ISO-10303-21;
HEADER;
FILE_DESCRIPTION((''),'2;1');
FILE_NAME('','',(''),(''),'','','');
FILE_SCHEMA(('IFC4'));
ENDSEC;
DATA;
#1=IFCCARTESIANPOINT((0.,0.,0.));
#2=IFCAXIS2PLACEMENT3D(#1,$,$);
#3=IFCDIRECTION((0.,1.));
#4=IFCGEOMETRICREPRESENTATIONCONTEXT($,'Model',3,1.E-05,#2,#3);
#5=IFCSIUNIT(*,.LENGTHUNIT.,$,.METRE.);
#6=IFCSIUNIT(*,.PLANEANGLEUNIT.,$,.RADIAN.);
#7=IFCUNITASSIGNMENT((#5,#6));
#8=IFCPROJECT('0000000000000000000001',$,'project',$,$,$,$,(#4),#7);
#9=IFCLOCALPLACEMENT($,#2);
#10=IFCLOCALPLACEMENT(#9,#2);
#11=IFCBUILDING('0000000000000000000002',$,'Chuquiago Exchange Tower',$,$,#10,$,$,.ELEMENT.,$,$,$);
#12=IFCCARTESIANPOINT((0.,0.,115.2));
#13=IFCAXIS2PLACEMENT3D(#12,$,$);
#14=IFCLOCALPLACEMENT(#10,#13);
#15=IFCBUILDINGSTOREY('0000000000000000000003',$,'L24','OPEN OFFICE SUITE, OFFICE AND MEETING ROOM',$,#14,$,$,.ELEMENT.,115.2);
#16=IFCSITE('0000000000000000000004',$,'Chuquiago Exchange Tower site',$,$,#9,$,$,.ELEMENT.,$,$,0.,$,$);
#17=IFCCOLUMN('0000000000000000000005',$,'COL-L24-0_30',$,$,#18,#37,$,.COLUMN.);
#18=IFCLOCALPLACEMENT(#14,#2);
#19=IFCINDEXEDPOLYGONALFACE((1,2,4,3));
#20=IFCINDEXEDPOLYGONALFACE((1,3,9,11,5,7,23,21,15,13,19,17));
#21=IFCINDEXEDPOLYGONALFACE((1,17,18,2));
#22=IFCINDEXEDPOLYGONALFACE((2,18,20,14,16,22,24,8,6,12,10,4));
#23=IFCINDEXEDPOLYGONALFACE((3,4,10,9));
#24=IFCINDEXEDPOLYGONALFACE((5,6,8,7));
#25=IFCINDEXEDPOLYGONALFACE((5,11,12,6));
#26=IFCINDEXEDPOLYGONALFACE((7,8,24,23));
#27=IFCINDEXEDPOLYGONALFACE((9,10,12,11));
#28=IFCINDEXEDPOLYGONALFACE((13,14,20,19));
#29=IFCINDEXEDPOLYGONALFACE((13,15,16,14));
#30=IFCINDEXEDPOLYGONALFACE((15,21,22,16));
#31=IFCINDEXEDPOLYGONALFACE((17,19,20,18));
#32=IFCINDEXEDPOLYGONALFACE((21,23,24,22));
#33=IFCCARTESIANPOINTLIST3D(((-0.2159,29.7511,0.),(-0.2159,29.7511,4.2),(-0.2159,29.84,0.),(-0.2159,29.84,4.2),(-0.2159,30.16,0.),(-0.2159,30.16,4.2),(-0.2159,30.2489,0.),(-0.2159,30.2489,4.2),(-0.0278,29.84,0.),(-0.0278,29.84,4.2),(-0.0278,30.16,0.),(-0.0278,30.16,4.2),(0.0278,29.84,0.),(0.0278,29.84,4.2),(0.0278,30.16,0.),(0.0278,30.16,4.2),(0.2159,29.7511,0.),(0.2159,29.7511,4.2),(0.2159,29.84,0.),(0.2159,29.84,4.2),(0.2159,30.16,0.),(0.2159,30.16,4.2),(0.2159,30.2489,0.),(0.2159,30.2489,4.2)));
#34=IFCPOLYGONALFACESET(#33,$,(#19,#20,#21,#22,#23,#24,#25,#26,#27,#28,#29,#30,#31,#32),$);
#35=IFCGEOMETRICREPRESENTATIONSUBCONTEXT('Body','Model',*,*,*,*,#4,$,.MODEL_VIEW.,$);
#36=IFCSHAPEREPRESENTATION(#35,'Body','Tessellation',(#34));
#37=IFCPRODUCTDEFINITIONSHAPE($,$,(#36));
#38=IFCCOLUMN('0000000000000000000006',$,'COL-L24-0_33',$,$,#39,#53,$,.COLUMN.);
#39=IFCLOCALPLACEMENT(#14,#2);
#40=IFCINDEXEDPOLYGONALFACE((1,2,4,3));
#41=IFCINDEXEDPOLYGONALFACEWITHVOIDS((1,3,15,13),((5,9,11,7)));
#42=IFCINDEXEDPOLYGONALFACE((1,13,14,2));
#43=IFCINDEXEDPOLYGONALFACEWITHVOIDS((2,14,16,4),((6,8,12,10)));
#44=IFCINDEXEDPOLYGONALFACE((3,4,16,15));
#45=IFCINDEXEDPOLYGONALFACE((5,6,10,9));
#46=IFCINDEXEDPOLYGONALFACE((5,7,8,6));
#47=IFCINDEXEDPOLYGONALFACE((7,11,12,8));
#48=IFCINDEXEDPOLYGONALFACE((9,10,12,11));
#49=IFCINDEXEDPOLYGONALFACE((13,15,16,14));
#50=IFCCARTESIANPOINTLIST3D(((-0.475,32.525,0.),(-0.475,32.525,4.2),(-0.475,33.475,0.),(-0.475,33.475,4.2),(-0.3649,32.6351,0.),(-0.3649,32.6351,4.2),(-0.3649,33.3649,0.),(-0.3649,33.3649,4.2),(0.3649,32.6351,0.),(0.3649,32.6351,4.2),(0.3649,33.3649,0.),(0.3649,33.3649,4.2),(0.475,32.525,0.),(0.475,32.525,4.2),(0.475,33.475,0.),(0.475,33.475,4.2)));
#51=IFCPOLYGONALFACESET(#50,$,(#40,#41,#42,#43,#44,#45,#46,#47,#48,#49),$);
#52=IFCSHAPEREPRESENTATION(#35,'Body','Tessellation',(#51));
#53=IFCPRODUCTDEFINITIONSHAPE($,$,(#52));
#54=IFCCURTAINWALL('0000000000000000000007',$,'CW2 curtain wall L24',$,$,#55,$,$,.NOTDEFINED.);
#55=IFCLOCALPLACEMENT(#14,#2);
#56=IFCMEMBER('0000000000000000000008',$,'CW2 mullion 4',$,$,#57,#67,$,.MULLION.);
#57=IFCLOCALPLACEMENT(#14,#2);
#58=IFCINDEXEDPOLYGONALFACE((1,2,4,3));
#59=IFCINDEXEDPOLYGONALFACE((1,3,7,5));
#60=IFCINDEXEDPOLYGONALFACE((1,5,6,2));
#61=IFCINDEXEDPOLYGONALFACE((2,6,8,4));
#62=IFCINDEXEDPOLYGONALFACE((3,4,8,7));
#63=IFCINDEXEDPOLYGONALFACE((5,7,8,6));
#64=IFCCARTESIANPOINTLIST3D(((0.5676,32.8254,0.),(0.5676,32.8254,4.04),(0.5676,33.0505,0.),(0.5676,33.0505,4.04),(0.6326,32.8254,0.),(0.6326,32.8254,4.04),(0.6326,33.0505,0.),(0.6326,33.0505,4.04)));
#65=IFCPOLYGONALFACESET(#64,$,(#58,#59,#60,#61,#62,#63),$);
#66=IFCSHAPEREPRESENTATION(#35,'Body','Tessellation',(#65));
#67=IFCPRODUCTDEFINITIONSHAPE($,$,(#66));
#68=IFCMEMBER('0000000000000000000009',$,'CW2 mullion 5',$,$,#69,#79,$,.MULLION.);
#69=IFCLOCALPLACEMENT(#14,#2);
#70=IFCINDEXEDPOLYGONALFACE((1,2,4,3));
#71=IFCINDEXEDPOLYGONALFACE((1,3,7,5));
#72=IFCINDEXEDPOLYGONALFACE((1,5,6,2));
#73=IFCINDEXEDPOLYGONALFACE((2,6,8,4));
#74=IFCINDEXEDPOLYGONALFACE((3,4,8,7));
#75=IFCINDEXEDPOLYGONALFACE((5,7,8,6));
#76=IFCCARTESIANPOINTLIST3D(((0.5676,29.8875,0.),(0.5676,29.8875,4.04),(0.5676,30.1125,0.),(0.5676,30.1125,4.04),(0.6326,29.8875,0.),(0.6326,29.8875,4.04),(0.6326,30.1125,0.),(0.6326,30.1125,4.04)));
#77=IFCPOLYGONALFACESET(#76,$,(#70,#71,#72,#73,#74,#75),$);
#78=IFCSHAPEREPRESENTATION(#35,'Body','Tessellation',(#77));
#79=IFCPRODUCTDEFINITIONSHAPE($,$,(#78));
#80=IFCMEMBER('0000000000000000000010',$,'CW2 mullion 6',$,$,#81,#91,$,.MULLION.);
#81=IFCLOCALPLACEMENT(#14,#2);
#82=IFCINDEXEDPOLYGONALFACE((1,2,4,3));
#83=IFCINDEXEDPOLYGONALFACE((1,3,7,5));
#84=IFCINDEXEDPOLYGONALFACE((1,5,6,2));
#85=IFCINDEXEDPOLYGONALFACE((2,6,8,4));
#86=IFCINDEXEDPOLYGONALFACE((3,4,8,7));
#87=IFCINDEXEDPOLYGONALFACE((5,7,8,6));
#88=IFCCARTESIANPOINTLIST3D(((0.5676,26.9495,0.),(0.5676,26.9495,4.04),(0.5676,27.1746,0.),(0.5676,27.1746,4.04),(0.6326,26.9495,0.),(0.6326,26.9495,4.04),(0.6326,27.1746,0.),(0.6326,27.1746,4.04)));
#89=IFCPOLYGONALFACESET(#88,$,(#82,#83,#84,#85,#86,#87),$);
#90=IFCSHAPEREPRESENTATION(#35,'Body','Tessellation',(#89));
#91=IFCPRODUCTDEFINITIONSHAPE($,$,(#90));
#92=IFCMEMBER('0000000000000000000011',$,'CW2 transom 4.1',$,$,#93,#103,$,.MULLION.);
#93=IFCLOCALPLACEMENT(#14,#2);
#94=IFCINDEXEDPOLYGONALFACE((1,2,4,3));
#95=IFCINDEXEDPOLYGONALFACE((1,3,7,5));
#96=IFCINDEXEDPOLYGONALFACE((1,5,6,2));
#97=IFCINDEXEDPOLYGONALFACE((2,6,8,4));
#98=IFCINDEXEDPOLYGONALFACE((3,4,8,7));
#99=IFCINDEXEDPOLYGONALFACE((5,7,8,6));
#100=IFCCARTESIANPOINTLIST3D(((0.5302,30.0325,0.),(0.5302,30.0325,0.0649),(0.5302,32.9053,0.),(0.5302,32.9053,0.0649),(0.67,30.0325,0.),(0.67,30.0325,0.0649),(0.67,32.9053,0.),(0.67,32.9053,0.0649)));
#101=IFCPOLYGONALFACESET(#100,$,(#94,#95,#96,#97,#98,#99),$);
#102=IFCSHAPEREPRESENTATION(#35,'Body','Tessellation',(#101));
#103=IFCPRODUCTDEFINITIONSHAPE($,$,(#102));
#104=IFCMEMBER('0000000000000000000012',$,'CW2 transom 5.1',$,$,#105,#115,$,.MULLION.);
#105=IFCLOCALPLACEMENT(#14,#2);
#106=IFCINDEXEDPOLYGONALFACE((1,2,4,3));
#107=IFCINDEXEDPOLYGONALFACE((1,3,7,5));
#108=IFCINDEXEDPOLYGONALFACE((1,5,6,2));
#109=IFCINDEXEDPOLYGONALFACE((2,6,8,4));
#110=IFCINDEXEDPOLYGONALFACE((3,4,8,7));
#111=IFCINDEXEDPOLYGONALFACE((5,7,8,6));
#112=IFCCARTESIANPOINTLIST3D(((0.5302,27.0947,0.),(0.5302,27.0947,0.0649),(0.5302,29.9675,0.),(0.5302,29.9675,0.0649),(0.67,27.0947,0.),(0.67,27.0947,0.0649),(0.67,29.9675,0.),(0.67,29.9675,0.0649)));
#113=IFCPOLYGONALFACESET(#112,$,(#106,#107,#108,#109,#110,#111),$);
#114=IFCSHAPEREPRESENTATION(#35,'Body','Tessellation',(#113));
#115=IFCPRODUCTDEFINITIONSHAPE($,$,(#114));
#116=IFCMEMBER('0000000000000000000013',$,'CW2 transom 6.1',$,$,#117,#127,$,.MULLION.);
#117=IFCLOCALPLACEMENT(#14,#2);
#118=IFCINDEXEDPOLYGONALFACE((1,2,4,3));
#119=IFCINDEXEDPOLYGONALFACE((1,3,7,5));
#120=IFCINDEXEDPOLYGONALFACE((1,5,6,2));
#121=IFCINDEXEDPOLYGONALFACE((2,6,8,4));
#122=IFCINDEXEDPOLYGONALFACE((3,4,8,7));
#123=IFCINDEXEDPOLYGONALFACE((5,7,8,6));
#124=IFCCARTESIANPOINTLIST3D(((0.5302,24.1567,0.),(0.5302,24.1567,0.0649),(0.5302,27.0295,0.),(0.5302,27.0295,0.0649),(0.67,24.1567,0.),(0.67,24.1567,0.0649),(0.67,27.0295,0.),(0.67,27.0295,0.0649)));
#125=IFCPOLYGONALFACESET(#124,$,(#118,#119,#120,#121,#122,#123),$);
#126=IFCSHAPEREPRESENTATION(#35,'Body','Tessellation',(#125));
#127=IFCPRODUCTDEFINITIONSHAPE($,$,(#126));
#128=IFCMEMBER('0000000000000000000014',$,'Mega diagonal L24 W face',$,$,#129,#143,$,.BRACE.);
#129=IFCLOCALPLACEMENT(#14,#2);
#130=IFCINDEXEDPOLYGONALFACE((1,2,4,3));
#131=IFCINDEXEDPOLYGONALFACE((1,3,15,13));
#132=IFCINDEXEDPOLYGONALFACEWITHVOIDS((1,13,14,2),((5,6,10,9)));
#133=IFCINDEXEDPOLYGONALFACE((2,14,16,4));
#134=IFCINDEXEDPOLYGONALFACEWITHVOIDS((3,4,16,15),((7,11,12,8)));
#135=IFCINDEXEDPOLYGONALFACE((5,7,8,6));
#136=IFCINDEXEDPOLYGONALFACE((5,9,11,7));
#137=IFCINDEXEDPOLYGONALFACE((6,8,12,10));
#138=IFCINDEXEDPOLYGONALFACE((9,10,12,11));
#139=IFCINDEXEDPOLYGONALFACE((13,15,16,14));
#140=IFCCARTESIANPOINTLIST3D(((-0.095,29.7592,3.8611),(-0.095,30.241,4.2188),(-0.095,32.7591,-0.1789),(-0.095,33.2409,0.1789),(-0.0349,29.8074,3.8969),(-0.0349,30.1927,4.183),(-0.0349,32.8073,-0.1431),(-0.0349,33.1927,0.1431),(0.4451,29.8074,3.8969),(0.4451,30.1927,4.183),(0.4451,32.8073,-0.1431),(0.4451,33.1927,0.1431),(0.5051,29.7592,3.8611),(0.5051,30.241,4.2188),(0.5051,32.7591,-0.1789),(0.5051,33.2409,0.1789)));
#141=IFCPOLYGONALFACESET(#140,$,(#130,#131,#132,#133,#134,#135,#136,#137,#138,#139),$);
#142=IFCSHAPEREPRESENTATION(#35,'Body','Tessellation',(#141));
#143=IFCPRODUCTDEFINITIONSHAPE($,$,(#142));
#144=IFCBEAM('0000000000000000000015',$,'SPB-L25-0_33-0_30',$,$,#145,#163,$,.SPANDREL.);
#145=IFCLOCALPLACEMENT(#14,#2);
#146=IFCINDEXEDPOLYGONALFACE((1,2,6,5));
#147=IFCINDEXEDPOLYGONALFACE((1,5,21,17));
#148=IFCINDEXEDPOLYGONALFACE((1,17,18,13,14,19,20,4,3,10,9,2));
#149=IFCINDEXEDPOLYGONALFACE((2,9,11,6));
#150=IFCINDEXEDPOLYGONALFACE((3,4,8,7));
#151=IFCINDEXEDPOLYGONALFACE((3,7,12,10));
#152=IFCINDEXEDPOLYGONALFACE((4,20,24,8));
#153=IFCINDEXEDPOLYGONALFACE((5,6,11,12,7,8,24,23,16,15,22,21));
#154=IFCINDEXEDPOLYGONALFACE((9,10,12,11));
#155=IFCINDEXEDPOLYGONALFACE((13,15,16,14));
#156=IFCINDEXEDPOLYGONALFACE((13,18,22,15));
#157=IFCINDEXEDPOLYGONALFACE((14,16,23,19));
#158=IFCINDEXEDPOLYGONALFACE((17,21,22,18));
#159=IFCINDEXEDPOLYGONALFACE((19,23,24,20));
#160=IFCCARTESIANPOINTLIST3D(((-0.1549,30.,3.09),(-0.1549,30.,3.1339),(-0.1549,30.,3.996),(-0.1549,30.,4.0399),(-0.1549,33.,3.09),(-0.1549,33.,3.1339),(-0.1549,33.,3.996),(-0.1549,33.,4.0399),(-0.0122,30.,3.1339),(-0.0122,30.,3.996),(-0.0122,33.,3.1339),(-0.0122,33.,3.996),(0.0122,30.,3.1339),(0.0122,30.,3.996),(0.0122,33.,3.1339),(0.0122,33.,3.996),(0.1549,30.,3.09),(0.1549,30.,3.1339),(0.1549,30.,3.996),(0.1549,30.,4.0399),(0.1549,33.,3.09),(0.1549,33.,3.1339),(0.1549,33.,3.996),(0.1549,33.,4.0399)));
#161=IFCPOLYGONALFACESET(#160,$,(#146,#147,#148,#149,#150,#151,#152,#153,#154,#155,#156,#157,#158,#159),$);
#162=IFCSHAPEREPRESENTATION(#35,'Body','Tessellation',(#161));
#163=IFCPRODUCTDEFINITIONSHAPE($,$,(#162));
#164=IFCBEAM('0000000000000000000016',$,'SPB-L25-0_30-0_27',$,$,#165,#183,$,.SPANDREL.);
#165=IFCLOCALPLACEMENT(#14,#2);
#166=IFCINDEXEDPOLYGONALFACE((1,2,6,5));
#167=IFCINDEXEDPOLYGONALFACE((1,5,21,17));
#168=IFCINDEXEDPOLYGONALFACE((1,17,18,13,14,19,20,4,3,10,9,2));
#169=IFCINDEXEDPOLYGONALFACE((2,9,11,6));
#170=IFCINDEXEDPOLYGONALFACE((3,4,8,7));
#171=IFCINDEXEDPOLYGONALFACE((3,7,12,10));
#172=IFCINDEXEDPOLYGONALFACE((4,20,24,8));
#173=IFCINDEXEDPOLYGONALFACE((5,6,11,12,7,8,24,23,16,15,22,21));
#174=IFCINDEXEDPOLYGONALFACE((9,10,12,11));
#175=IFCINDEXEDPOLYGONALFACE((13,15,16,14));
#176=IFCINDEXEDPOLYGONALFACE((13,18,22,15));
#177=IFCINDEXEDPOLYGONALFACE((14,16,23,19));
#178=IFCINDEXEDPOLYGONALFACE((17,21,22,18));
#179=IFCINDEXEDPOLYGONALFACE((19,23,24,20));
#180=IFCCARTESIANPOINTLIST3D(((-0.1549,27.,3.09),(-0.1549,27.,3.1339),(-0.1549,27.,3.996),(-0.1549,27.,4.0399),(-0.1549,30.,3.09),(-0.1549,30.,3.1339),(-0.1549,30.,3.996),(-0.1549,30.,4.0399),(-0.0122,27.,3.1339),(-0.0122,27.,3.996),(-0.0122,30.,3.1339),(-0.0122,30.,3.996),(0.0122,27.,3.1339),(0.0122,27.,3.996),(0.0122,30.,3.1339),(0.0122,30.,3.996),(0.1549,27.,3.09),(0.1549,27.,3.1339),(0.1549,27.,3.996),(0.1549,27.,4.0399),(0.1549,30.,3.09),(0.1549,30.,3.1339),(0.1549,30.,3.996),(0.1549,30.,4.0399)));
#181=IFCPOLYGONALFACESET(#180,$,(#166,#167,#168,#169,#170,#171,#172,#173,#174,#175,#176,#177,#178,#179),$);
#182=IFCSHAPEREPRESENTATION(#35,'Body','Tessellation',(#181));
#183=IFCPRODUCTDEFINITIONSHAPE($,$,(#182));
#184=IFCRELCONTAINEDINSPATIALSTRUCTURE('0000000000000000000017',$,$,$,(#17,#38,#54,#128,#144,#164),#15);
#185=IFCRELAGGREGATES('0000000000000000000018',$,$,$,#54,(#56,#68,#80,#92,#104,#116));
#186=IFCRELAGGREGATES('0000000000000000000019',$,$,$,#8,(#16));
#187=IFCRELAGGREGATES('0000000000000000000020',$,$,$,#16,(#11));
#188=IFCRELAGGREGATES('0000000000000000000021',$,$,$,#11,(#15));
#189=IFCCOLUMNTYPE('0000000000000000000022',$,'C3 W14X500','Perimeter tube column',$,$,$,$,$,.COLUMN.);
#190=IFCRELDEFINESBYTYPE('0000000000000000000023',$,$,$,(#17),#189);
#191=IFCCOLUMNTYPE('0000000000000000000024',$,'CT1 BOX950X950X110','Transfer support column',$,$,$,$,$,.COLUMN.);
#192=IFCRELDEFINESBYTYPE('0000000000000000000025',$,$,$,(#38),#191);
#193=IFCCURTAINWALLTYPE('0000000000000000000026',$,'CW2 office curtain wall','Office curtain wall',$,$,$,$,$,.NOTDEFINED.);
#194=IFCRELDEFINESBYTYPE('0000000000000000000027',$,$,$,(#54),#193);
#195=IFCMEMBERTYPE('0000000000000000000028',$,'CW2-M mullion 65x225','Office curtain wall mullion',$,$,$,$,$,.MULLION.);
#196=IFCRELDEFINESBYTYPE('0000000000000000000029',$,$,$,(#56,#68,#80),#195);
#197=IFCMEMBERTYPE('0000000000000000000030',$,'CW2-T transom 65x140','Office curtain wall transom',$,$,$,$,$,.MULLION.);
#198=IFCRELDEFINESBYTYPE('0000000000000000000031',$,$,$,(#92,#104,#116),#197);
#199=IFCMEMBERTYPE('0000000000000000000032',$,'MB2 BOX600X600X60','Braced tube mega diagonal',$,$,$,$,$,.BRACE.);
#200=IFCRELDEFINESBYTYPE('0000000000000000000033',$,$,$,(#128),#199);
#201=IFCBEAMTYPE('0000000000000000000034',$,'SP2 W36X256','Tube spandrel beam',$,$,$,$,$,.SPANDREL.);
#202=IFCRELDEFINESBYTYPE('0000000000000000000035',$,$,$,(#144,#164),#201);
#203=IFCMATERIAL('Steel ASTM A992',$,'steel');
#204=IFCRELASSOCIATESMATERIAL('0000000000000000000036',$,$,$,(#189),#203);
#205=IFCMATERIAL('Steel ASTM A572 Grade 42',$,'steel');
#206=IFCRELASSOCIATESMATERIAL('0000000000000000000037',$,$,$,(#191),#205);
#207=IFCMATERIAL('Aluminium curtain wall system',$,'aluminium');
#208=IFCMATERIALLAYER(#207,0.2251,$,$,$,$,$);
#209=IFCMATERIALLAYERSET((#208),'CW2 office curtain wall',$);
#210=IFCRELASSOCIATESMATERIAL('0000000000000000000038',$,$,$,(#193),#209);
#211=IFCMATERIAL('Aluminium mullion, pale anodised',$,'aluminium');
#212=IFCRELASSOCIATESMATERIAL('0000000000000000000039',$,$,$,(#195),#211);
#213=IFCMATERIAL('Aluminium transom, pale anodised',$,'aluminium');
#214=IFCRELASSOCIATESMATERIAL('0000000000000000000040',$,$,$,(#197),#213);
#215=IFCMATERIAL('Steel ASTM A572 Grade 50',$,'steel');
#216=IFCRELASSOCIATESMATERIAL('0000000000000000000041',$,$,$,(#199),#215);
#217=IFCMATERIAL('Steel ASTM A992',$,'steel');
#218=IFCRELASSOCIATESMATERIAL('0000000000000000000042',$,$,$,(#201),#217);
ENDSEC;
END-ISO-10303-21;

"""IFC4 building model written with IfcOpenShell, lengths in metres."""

from ifc_helpers import new_model, si_unit, direction, frame, origin, origin_2d, place, context, subcontext, project, spatial, rectangle, hollow_rectangle, i_section, extrude, material, layer, layer_set, material_profile, profile_set, type_object, element, aggregate, save


model = new_model("IFC4")

# Units and contexts
model_context = context("Model", 3, precision=1e-05, world=origin(), true_north=direction((0.0, 1.0)))
body_context = subcontext(model_context, "Body", "Model", "MODEL_VIEW")
ifc_project = project(units=[si_unit("LENGTHUNIT", "METRE"), si_unit("PLANEANGLEUNIT", "RADIAN")], contexts=[model_context])

# Site, building, storey
site_placement = place(None, origin())
site = spatial("IfcSite", under=ifc_project, at=site_placement, Name="Chuquiago Exchange Tower site", CompositionType="ELEMENT", RefElevation=0.0)
building_placement = place(site_placement, origin())
building = spatial("IfcBuilding", under=site, at=building_placement, Name="Chuquiago Exchange Tower", CompositionType="ELEMENT")
storey_placement = place(building_placement, frame((0.0, 0.0, 115.2)))
storey = spatial("IfcBuildingStorey", under=building, at=storey_placement, Name="L24", Description="OPEN OFFICE SUITE, OFFICE AND MEETING ROOM", CompositionType="ELEMENT", Elevation=115.2)

# Columns
ifc_material_1 = material(Name="Steel ASTM A992", Category="steel")
ifc_material_profile_1 = material_profile(ifc_material_1, i_section(OverallWidth=0.4319, OverallDepth=0.4978, WebThickness=0.0557, FlangeThickness=0.0889, at=origin_2d()), Name="W14X500")
ifc_profile_set_1 = profile_set([ifc_material_profile_1], Name="Steel ASTM A992")
column_type_1 = type_object("IfcColumnType", Name="C3 W14X500", Description="Perimeter tube column", PredefinedType="COLUMN", material=ifc_profile_set_1)
column_1_placement = place(storey_placement, frame((0.0, 30.0, 0.0), z_axis=(0.0, 0.0, 1.0), x_axis=(-1.0, 0.0, 0.0)))
element("IfcColumn", 1, at=column_1_placement, inside=storey, type_object=column_type_1, Name="COL-L24-0_30", PredefinedType="COLUMN", context=body_context, shape_type="SweptSolid", body=[
    extrude(i_section(OverallWidth=0.4319, OverallDepth=0.4978, WebThickness=0.0557, FlangeThickness=0.0889, at=origin_2d()), origin(), (0.0, 0.0, 1.0), 4.2),
])
ifc_material_2 = material(Name="Steel ASTM A572 Grade 42", Category="steel")
ifc_material_profile_2 = material_profile(ifc_material_2, hollow_rectangle(XDim=0.95, YDim=0.95, WallThickness=0.1101, at=origin_2d()), Name="BOX950X950X110")
ifc_profile_set_2 = profile_set([ifc_material_profile_2], Name="Steel ASTM A572 Grade 42")
column_type_2 = type_object("IfcColumnType", Name="CT1 BOX950X950X110", Description="Transfer support column", PredefinedType="COLUMN", material=ifc_profile_set_2)
column_2_placement = place(storey_placement, frame((0.0, 33.0, 0.0), z_axis=(0.0, 0.0, 1.0), x_axis=(-1.0, 0.0, 0.0)))
element("IfcColumn", 2, at=column_2_placement, inside=storey, type_object=column_type_2, Name="COL-L24-0_33", PredefinedType="COLUMN", context=body_context, shape_type="SweptSolid", body=[
    extrude(hollow_rectangle(XDim=0.95, YDim=0.95, WallThickness=0.1101, at=origin_2d()), origin(), (0.0, 0.0, 1.0), 4.2),
])

# Curtain wall, members
ifc_material_3 = material(Name="Aluminium curtain wall system", Category="aluminium")
ifc_layer_1 = layer(ifc_material_3, 0.2251)
ifc_layer_set_1 = layer_set([ifc_layer_1], Name="CW2 office curtain wall")
curtain_wall_type = type_object("IfcCurtainWallType", Name="CW2 office curtain wall", Description="Office curtain wall", PredefinedType="NOTDEFINED", material=ifc_layer_set_1)
curtain_wall_placement = place(storey_placement, origin())
curtain_wall = element("IfcCurtainWall", 3, at=curtain_wall_placement, inside=storey, type_object=curtain_wall_type, Name="CW2 curtain wall L24", PredefinedType="NOTDEFINED")
ifc_material_4 = material(Name="Aluminium mullion, pale anodised", Category="aluminium")
ifc_material_profile_3 = material_profile(ifc_material_4, rectangle(XDim=0.0649, YDim=0.2251, at=origin_2d()), Name="AL 65x225")
ifc_profile_set_3 = profile_set([ifc_material_profile_3], Name="Aluminium mullion, pale anodised")
member_type_1 = type_object("IfcMemberType", Name="CW2-M mullion 65x225", Description="Office curtain wall mullion", PredefinedType="MULLION", material=ifc_profile_set_3)
member_1_placement = place(storey_placement, frame((0.6001, 32.938, 0.0), z_axis=(0.0, 0.0, 1.0), x_axis=(1.0, 0.0, 0.0)))
member_1 = element("IfcMember", 4, at=member_1_placement, type_object=member_type_1, Name="CW2 mullion 4", PredefinedType="MULLION", context=body_context, shape_type="SweptSolid", body=[
    extrude(rectangle(XDim=0.0649, YDim=0.2251, at=origin_2d()), origin(), (0.0, 0.0, 1.0), 4.04),
])
member_2_placement = place(storey_placement, frame((0.6001, 30.0, 0.0), z_axis=(0.0, 0.0, 1.0), x_axis=(1.0, 0.0, 0.0)))
member_2 = element("IfcMember", 5, at=member_2_placement, type_object=member_type_1, Name="CW2 mullion 5", PredefinedType="MULLION", context=body_context, shape_type="SweptSolid", body=[
    extrude(rectangle(XDim=0.0649, YDim=0.2251, at=origin_2d()), origin(), (0.0, 0.0, 1.0), 4.04),
])
member_3_placement = place(storey_placement, frame((0.6001, 27.062, 0.0), z_axis=(0.0, 0.0, 1.0), x_axis=(1.0, 0.0, 0.0)))
member_3 = element("IfcMember", 6, at=member_3_placement, type_object=member_type_1, Name="CW2 mullion 6", PredefinedType="MULLION", context=body_context, shape_type="SweptSolid", body=[
    extrude(rectangle(XDim=0.0649, YDim=0.2251, at=origin_2d()), origin(), (0.0, 0.0, 1.0), 4.04),
])
ifc_material_5 = material(Name="Aluminium transom, pale anodised", Category="aluminium")
ifc_material_profile_4 = material_profile(ifc_material_5, rectangle(XDim=0.1399, YDim=0.0649, at=origin_2d()), Name="AL 140x65")
ifc_profile_set_4 = profile_set([ifc_material_profile_4], Name="Aluminium transom, pale anodised")
member_type_2 = type_object("IfcMemberType", Name="CW2-T transom 65x140", Description="Office curtain wall transom", PredefinedType="MULLION", material=ifc_profile_set_4)
member_4_placement = place(storey_placement, frame((0.6001, 32.9053, 0.0325), z_axis=(0.0, -1.0, 0.0), x_axis=(1.0, 0.0, 0.0)))
member_4 = element("IfcMember", 7, at=member_4_placement, type_object=member_type_2, Name="CW2 transom 4.1", PredefinedType="MULLION", context=body_context, shape_type="SweptSolid", body=[
    extrude(rectangle(XDim=0.1399, YDim=0.0649, at=origin_2d()), origin(), (0.0, 0.0, 1.0), 2.8728),
])
member_5_placement = place(storey_placement, frame((0.6001, 29.9675, 0.0325), z_axis=(0.0, -1.0, 0.0), x_axis=(1.0, 0.0, 0.0)))
member_5 = element("IfcMember", 8, at=member_5_placement, type_object=member_type_2, Name="CW2 transom 5.1", PredefinedType="MULLION", context=body_context, shape_type="SweptSolid", body=[
    extrude(rectangle(XDim=0.1399, YDim=0.0649, at=origin_2d()), origin(), (0.0, 0.0, 1.0), 2.8728),
])
member_6_placement = place(storey_placement, frame((0.6001, 27.0295, 0.0325), z_axis=(0.0, -1.0, 0.0), x_axis=(1.0, 0.0, 0.0)))
member_6 = element("IfcMember", 9, at=member_6_placement, type_object=member_type_2, Name="CW2 transom 6.1", PredefinedType="MULLION", context=body_context, shape_type="SweptSolid", body=[
    extrude(rectangle(XDim=0.1399, YDim=0.0649, at=origin_2d()), origin(), (0.0, 0.0, 1.0), 2.8728),
])

# Member
ifc_material_6 = material(Name="Steel ASTM A572 Grade 50", Category="steel")
ifc_material_profile_5 = material_profile(ifc_material_6, hollow_rectangle(XDim=0.6001, YDim=0.6001, WallThickness=0.0601, at=origin_2d()), Name="BOX600X600X60")
ifc_profile_set_5 = profile_set([ifc_material_profile_5], Name="Steel ASTM A572 Grade 50")
member_type_3 = type_object("IfcMemberType", Name="MB2 BOX600X600X60", Description="Braced tube mega diagonal", PredefinedType="BRACE", material=ifc_profile_set_5)
member_7_placement = place(storey_placement, frame((0.2051, 33.0, 0.0), z_axis=(0.0, -0.596174, 0.802855), x_axis=(1.0, 0.0, 0.0)))
element("IfcMember", 10, at=member_7_placement, inside=storey, type_object=member_type_3, Name="Mega diagonal L24 W face", PredefinedType="BRACE", context=body_context, shape_type="SweptSolid", body=[
    extrude(hollow_rectangle(XDim=0.6001, YDim=0.6001, WallThickness=0.0601, at=origin_2d()), origin(), (0.0, 0.0, 1.0), 5.032),
])

# Beams
ifc_material_7 = material(Name="Steel ASTM A992", Category="steel")
ifc_material_profile_6 = material_profile(ifc_material_7, i_section(OverallWidth=0.3098, OverallDepth=0.95, WebThickness=0.0244, FlangeThickness=0.0439, at=origin_2d()), Name="W36X256")
ifc_profile_set_6 = profile_set([ifc_material_profile_6], Name="Steel ASTM A992")
beam_type = type_object("IfcBeamType", Name="SP2 W36X256", Description="Tube spandrel beam", PredefinedType="SPANDREL", material=ifc_profile_set_6)
for number, where, z_axis, x_axis, name in (
    (11, (0.0, 33.0, 3.5649), (0.0, -1.0, 0.0), (1.0, 0.0, 0.0), "SPB-L25-0_33-0_30"),
    (12, (0.0, 30.0, 3.5649), (0.0, -1.0, 0.0), (1.0, 0.0, 0.0), "SPB-L25-0_30-0_27"),
):
    element("IfcBeam", number, at=place(storey_placement, frame(where, z_axis=z_axis, x_axis=x_axis)), inside=storey, type_object=beam_type, Name=name, PredefinedType="SPANDREL", context=body_context, shape_type="SweptSolid", body=[
        extrude(i_section(OverallWidth=0.3098, OverallDepth=0.95, WebThickness=0.0244, FlangeThickness=0.0439, at=origin_2d()), origin(), (0.0, 0.0, 1.0), 3.0),
    ])

aggregate(curtain_wall, [member_1, member_2, member_3, member_4, member_5, member_6])

save(model, "model.ifc")
